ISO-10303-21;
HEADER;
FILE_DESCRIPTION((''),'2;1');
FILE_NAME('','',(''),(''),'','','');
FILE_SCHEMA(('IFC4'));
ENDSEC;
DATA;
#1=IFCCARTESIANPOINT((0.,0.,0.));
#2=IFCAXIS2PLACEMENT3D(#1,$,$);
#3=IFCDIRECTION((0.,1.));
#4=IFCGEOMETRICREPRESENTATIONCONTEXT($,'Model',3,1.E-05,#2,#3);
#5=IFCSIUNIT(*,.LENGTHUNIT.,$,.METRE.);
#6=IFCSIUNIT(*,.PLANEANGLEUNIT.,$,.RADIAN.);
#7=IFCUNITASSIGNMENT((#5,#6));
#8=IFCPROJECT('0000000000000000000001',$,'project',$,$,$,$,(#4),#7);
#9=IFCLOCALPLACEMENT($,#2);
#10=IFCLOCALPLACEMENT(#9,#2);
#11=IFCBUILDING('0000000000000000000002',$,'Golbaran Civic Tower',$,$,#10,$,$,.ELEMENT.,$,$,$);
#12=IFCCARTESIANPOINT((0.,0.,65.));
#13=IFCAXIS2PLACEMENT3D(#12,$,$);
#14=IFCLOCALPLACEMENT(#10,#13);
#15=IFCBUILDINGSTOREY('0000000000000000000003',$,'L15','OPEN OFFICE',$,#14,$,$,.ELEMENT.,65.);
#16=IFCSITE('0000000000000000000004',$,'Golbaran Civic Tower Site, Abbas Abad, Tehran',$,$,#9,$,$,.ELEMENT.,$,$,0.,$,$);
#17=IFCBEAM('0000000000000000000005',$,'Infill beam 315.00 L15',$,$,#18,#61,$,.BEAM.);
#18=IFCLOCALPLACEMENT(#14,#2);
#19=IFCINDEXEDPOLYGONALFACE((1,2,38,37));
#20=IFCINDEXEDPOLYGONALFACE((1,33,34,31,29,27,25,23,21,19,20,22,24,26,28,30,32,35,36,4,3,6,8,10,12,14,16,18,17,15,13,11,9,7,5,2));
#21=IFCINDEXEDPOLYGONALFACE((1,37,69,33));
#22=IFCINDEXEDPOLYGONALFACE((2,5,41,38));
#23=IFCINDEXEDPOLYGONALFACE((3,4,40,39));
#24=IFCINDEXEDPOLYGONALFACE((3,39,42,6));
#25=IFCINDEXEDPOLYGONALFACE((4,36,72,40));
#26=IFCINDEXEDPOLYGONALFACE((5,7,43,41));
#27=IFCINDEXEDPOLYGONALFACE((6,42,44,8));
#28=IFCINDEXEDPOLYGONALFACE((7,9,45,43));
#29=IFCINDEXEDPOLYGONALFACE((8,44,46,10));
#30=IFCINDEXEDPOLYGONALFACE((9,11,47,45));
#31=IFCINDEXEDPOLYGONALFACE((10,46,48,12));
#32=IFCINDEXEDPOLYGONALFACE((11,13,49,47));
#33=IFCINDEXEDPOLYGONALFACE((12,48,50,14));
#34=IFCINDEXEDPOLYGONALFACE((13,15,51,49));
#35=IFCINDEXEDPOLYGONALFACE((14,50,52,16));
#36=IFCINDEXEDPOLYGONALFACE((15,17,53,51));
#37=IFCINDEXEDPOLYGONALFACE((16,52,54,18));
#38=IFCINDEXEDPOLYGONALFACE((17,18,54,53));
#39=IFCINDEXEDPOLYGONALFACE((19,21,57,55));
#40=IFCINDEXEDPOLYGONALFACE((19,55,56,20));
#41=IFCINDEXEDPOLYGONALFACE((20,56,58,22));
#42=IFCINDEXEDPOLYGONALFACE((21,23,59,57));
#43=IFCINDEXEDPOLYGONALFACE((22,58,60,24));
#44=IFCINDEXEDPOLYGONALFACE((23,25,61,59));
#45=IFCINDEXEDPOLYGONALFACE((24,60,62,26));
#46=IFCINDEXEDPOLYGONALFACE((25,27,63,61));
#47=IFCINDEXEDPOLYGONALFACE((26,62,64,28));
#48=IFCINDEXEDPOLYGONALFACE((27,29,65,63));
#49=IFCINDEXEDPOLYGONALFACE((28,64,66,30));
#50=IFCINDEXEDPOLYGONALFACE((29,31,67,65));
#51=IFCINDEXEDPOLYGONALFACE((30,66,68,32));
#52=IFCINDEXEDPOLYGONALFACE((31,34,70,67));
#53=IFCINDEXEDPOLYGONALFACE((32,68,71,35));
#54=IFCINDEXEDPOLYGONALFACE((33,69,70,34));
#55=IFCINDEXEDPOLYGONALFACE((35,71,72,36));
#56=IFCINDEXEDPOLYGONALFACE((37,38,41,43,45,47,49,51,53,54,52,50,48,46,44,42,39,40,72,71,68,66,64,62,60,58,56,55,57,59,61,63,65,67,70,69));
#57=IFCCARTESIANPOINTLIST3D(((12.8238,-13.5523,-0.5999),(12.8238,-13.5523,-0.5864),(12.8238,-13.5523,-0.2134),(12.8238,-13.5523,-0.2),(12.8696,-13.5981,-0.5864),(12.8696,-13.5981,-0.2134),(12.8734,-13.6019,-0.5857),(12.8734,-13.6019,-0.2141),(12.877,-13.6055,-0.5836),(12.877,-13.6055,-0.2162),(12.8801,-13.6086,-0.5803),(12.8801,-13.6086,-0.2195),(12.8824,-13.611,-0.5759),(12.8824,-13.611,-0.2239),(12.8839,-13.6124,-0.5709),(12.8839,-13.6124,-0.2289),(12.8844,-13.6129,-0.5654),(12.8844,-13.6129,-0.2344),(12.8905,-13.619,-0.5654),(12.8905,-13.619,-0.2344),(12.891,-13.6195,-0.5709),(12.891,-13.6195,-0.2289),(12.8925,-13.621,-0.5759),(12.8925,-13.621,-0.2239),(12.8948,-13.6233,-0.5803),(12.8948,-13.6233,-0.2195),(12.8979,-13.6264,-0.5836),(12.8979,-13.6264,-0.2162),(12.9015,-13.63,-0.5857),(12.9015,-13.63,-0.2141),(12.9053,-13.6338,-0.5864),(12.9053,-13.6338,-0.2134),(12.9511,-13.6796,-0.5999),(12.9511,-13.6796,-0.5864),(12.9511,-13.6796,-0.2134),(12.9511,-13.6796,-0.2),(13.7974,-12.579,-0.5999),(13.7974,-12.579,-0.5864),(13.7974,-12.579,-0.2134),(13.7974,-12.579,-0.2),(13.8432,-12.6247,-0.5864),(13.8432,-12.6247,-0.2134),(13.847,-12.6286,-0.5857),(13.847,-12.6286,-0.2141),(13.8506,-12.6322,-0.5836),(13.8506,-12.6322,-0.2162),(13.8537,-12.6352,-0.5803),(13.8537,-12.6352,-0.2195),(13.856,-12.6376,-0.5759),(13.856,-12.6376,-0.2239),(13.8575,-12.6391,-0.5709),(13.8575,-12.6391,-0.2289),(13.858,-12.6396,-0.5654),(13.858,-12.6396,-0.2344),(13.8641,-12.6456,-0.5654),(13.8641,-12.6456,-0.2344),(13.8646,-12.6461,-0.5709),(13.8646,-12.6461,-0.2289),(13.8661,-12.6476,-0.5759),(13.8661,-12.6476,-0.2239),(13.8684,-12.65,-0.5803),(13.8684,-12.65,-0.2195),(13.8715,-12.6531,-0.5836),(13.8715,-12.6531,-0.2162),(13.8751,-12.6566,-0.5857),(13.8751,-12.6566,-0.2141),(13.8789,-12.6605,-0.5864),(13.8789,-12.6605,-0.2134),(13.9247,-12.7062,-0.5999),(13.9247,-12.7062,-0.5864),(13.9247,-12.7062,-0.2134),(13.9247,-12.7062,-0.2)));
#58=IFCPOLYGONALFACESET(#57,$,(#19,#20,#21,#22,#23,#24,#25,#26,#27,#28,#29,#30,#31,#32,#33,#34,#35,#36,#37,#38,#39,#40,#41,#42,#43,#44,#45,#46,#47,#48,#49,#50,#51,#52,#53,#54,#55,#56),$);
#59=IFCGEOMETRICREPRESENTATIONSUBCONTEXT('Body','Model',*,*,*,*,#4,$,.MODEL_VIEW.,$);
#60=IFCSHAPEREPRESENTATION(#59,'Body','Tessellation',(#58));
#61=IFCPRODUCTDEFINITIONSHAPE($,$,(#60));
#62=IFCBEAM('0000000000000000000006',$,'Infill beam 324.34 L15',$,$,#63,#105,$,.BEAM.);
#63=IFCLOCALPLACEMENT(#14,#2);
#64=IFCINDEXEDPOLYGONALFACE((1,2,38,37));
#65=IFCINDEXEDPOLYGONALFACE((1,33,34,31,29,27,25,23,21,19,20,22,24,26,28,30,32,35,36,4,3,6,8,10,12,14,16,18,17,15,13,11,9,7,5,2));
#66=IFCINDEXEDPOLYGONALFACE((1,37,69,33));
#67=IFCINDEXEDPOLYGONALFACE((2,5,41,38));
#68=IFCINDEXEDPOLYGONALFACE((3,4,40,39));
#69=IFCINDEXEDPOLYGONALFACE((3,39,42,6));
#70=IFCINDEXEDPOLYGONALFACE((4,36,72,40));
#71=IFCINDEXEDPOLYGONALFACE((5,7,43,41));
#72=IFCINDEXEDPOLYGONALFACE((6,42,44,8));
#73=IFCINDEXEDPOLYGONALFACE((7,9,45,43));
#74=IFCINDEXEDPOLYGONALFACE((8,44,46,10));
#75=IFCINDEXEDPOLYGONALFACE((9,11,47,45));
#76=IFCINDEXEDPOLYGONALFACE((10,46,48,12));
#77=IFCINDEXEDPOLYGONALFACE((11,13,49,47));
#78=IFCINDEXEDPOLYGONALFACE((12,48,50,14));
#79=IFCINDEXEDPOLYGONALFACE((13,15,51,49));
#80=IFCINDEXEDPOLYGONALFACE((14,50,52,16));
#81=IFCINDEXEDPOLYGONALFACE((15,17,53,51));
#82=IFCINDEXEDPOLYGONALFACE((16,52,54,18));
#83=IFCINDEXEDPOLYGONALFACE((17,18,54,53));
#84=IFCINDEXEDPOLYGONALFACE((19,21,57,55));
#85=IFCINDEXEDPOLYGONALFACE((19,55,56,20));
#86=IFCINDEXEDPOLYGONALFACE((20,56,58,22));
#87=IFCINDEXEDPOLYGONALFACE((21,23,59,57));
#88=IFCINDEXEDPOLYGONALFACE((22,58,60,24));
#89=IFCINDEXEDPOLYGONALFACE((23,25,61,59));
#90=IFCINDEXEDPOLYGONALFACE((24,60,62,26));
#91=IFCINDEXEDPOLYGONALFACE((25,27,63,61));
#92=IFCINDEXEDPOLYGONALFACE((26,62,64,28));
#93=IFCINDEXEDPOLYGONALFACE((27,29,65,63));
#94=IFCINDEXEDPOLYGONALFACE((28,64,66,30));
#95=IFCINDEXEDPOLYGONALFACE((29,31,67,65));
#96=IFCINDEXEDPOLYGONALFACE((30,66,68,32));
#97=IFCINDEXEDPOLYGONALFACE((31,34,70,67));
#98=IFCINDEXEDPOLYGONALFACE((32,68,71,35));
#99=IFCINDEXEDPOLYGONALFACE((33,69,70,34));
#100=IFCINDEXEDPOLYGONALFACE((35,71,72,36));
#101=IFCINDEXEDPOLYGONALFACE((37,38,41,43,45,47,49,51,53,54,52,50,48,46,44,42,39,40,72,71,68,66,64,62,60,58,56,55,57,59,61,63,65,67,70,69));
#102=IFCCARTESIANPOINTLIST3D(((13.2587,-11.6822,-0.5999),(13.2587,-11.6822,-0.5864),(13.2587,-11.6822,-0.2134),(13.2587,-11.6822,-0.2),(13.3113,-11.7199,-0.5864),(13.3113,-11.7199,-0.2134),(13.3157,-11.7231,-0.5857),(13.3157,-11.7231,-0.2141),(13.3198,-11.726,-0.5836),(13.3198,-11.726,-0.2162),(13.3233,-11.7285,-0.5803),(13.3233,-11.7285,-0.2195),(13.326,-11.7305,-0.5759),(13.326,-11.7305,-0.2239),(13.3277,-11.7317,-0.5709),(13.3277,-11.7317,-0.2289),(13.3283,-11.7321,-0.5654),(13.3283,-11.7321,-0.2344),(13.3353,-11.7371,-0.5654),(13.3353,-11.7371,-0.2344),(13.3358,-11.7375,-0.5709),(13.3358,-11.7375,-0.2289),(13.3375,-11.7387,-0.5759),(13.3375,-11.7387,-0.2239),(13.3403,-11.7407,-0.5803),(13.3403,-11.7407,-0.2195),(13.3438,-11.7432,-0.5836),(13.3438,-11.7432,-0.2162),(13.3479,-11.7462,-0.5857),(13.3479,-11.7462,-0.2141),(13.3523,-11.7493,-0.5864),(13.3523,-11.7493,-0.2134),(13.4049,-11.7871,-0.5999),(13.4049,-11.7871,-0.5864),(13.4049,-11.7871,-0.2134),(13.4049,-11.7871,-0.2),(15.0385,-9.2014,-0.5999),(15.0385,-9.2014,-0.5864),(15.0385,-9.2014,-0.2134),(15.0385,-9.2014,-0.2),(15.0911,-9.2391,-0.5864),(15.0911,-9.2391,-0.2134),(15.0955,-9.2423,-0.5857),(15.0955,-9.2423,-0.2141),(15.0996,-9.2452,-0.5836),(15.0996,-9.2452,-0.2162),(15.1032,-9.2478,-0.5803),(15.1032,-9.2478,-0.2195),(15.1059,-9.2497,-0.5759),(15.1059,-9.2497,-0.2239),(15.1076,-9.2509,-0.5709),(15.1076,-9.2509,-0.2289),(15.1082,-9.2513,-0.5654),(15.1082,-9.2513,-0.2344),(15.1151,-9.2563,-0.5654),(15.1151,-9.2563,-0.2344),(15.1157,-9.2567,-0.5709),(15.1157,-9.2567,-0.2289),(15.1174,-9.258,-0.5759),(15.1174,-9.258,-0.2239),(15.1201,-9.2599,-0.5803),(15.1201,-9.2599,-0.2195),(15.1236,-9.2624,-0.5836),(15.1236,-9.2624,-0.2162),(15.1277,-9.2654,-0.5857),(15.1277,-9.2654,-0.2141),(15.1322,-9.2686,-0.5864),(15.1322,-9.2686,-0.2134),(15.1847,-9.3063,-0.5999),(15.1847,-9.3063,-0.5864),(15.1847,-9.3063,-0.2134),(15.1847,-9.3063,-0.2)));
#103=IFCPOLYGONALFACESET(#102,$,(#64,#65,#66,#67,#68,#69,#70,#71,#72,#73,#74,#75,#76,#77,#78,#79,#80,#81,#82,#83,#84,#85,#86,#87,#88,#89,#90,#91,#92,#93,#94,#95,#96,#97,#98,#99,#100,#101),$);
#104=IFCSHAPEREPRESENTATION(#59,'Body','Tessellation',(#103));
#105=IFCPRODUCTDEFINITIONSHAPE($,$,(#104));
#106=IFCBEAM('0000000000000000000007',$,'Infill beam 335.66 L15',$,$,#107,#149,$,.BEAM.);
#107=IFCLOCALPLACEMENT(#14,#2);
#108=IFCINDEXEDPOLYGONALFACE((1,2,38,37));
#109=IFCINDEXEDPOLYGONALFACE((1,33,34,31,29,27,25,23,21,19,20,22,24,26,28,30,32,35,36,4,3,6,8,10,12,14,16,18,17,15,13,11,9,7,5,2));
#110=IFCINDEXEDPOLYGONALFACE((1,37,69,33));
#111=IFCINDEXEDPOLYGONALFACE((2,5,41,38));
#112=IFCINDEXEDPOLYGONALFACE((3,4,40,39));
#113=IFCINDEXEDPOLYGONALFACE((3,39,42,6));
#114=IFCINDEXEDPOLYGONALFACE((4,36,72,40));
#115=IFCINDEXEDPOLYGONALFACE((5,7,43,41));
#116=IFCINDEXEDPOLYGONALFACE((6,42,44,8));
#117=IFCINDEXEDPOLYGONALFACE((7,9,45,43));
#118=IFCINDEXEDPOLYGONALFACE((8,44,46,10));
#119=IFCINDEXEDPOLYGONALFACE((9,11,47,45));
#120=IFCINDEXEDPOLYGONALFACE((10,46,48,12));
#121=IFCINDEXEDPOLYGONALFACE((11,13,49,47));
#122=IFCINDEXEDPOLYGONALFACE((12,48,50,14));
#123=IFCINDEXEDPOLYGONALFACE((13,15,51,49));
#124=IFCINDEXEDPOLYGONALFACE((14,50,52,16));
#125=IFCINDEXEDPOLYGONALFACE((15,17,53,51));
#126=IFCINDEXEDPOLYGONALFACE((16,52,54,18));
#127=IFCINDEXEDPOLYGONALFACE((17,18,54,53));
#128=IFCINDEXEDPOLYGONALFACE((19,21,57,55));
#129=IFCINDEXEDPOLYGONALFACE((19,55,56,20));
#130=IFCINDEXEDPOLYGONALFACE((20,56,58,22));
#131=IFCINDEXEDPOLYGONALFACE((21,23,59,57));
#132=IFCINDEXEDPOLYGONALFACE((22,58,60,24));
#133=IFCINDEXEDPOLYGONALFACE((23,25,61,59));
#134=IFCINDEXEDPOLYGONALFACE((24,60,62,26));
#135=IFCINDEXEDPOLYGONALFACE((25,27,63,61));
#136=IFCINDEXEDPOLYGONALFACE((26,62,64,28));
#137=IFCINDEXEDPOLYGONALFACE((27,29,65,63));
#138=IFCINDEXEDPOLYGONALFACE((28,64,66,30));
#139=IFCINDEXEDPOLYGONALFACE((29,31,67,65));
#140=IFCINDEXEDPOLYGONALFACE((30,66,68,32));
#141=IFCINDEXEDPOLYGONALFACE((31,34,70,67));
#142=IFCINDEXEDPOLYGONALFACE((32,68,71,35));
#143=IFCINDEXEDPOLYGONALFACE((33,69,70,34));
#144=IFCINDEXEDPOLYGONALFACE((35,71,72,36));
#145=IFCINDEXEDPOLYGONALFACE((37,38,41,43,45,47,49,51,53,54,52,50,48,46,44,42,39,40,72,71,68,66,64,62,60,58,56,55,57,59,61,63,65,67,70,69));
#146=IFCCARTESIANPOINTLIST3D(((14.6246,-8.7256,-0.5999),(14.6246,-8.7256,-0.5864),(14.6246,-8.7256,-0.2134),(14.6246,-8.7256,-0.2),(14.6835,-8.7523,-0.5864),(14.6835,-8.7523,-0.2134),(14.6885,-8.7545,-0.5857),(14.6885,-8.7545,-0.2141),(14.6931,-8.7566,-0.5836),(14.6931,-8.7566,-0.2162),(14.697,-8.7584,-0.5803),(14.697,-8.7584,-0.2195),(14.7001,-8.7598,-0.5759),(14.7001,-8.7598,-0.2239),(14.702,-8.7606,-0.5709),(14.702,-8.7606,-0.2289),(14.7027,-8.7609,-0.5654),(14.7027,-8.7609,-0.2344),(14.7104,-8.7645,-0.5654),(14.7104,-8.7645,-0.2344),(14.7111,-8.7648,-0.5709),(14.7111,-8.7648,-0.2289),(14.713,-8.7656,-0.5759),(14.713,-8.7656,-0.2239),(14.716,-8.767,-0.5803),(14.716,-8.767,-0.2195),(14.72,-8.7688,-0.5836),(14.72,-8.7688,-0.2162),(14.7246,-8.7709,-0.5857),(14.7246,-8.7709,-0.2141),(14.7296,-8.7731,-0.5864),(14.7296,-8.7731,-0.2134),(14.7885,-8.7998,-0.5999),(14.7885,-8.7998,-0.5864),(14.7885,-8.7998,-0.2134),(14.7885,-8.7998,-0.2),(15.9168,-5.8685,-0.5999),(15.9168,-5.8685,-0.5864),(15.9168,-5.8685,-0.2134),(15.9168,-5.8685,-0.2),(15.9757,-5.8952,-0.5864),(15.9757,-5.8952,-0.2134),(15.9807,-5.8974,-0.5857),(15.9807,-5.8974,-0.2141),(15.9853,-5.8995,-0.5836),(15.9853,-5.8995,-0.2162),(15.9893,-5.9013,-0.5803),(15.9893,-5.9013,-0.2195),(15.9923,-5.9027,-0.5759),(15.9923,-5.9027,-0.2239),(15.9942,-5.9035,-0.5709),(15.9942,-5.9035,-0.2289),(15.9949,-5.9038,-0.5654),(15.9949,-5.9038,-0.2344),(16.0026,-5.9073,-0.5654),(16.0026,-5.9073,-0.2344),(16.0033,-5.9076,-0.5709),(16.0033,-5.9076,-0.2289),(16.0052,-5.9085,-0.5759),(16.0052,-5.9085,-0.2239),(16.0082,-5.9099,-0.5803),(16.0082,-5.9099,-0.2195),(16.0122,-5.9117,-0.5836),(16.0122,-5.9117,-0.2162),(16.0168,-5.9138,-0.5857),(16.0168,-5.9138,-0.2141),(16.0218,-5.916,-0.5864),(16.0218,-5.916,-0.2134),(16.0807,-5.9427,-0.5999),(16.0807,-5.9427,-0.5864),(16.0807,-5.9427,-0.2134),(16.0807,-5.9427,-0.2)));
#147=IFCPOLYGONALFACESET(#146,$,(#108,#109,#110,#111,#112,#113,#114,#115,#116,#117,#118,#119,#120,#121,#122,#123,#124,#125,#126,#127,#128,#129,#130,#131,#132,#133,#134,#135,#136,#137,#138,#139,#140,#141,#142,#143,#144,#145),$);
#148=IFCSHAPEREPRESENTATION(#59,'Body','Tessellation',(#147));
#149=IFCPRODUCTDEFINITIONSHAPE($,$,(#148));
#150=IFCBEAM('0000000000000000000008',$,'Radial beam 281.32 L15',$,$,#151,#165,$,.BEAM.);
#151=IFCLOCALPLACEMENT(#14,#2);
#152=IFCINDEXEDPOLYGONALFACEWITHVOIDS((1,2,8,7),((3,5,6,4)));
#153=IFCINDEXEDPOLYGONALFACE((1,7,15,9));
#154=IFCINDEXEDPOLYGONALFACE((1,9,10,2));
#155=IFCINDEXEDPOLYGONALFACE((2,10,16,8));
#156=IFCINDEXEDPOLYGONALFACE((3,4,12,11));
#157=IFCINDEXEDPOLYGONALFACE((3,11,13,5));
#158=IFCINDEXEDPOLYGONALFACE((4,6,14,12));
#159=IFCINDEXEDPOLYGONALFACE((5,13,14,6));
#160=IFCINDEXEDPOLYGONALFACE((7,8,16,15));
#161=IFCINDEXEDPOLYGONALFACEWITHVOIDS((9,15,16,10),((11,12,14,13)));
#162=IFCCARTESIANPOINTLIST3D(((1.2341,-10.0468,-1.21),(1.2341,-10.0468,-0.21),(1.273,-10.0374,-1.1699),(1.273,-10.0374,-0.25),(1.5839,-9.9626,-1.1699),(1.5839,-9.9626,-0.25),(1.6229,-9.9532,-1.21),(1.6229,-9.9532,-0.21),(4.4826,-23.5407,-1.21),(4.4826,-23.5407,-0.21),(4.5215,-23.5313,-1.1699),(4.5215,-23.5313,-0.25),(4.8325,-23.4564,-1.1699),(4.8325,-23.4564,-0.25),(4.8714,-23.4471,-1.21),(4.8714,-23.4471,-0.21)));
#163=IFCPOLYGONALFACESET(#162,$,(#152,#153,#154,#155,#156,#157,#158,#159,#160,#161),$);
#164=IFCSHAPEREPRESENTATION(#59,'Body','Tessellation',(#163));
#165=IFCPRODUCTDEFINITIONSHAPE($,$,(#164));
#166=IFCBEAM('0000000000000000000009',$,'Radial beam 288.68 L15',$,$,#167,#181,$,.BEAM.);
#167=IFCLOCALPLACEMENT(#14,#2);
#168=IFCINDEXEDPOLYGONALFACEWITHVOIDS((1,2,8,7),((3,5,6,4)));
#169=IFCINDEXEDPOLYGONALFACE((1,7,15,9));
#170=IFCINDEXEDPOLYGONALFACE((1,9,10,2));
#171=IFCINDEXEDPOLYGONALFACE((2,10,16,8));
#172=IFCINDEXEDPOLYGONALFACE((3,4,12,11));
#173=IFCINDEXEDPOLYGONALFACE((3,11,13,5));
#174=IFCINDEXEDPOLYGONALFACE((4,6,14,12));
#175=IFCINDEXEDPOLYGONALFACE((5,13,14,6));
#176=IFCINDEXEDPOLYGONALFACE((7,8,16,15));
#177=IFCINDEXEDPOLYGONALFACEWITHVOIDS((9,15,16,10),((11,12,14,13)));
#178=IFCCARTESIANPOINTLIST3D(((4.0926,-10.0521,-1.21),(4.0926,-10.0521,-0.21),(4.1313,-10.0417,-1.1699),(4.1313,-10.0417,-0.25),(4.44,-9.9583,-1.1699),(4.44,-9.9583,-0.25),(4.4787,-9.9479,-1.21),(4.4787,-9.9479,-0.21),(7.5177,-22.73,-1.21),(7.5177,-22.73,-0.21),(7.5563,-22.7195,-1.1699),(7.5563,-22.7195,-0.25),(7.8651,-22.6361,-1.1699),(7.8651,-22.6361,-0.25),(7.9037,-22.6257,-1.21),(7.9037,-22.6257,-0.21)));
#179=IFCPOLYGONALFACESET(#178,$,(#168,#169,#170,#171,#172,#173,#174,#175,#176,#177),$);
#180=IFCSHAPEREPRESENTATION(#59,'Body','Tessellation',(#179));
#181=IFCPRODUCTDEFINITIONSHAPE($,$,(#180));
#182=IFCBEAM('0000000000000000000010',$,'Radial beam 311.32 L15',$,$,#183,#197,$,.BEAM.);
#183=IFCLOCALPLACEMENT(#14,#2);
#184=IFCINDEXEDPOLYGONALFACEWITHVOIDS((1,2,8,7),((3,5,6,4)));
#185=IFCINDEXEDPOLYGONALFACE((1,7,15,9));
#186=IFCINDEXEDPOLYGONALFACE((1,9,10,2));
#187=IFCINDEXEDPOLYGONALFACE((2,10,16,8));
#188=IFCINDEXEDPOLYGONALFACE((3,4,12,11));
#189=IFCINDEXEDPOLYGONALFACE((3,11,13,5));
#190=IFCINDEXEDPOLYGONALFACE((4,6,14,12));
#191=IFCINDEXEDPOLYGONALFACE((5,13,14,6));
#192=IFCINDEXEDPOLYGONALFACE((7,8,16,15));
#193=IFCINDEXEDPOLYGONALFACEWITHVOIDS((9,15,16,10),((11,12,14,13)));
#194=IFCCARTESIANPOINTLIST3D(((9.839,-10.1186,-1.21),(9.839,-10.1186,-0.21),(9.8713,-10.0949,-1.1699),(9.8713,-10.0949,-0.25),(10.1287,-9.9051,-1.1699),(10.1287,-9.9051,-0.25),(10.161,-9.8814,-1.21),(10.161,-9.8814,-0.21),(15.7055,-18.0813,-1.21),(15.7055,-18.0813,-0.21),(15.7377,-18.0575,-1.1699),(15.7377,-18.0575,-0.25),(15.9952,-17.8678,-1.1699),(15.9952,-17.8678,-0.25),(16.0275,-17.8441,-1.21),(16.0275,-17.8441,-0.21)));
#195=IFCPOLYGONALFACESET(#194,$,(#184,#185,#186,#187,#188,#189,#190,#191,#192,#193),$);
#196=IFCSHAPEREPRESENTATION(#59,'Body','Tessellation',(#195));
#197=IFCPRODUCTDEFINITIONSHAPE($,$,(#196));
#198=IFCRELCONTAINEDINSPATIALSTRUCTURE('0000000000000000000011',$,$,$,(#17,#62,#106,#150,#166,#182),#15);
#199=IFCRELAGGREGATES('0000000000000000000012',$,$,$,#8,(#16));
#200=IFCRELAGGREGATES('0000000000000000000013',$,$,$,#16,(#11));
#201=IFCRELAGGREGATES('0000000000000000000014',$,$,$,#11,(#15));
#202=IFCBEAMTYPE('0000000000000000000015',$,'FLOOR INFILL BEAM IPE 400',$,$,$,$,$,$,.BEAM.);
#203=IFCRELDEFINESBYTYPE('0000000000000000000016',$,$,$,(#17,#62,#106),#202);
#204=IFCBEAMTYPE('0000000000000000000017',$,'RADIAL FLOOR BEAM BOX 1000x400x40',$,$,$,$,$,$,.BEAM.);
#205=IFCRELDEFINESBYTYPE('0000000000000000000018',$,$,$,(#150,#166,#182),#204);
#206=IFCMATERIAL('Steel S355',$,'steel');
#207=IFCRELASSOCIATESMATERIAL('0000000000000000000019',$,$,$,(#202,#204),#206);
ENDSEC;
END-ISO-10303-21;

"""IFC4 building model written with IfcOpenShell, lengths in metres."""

from ifc_helpers import new_model, si_unit, direction, frame, origin, origin_2d, place, context, subcontext, project, spatial, hollow_rectangle, i_section, extrude, material, material_profile, profile_set, type_object, element, save


model = new_model("IFC4")

# Units and contexts
model_context = context("Model", 3, precision=1e-05, world=origin(), true_north=direction((0.0, 1.0)))
body_context = subcontext(model_context, "Body", "Model", "MODEL_VIEW")
ifc_project = project(units=[si_unit("LENGTHUNIT", "METRE"), si_unit("PLANEANGLEUNIT", "RADIAN")], contexts=[model_context])

# Site, building, storey
site_placement = place(None, origin())
site = spatial("IfcSite", under=ifc_project, at=site_placement, Name="Golbaran Civic Tower Site, Abbas Abad, Tehran", CompositionType="ELEMENT", RefElevation=0.0)
building_placement = place(site_placement, origin())
building = spatial("IfcBuilding", under=site, at=building_placement, Name="Golbaran Civic Tower", CompositionType="ELEMENT")
storey_placement = place(building_placement, frame((0.0, 0.0, 65.0)))
storey = spatial("IfcBuildingStorey", under=building, at=storey_placement, Name="L15", Description="OPEN OFFICE", CompositionType="ELEMENT", Elevation=65.0)

# Beams
ifc_material_1 = material(Name="Steel S355", Category="steel")
ifc_material_profile_1 = material_profile(ifc_material_1, i_section(OverallWidth=0.1799, OverallDepth=0.3999, WebThickness=0.0085, FlangeThickness=0.0134, FilletRadius=0.021, at=origin_2d()), Name="IPE 400")
ifc_profile_set_1 = profile_set([ifc_material_profile_1], Name="Steel S355")
beam_type_1 = type_object("IfcBeamType", Name="FLOOR INFILL BEAM IPE 400", PredefinedType="BEAM", material=ifc_profile_set_1)
beam_1_placement = place(storey_placement, frame((12.8875, -13.616, -0.3999), z_axis=(0.707195, 0.707018, 0.0), x_axis=(-0.707018, 0.707195, 0.0)))
element("IfcBeam", 1, at=beam_1_placement, inside=storey, type_object=beam_type_1, Name="Infill beam 315.00 L15", PredefinedType="BEAM", context=body_context, shape_type="SweptSolid", body=[
    extrude(i_section(OverallWidth=0.1799, OverallDepth=0.3999, WebThickness=0.0085, FlangeThickness=0.0134, FilletRadius=0.021, at=origin_2d()), origin(), (0.0, 0.0, 1.0), 1.3767),
])
beam_2_placement = place(storey_placement, frame((13.3318, -11.7346, -0.3999), z_axis=(0.582939, 0.812516, 0.0), x_axis=(-0.812516, 0.582939, 0.0)))
element("IfcBeam", 2, at=beam_2_placement, inside=storey, type_object=beam_type_1, Name="Infill beam 324.34 L15", PredefinedType="BEAM", context=body_context, shape_type="SweptSolid", body=[
    extrude(i_section(OverallWidth=0.1799, OverallDepth=0.3999, WebThickness=0.0085, FlangeThickness=0.0134, FilletRadius=0.021, at=origin_2d()), origin(), (0.0, 0.0, 1.0), 3.0532),
])
beam_3_placement = place(storey_placement, frame((14.7065, -8.7627, -0.3999), z_axis=(0.412089, 0.911143, 0.0), x_axis=(-0.911143, 0.412089, 0.0)))
element("IfcBeam", 3, at=beam_3_placement, inside=storey, type_object=beam_type_1, Name="Infill beam 335.66 L15", PredefinedType="BEAM", context=body_context, shape_type="SweptSolid", body=[
    extrude(i_section(OverallWidth=0.1799, OverallDepth=0.3999, WebThickness=0.0085, FlangeThickness=0.0134, FilletRadius=0.021, at=origin_2d()), origin(), (0.0, 0.0, 1.0), 3.1357),
])
ifc_material_profile_2 = material_profile(ifc_material_1, hollow_rectangle(XDim=0.3999, YDim=1.0, WallThickness=0.04, at=origin_2d()), Name="BOX 1000x400x40")
ifc_profile_set_2 = profile_set([ifc_material_profile_2], Name="Steel S355")
beam_type_2 = type_object("IfcBeamType", Name="RADIAL FLOOR BEAM BOX 1000x400x40", PredefinedType="BEAM", material=ifc_profile_set_2)
beam_4_placement = place(storey_placement, frame((1.4285, -10.0, -0.71), z_axis=(0.234054, -0.972224, 0.0), x_axis=(0.972224, 0.234054, 0.0)))
element("IfcBeam", 4, at=beam_4_placement, inside=storey, type_object=beam_type_2, Name="Radial beam 281.32 L15", PredefinedType="BEAM", context=body_context, shape_type="SweptSolid", body=[
    extrude(hollow_rectangle(XDim=0.3999, YDim=1.0, WallThickness=0.04, at=origin_2d()), origin(), (0.0, 0.0, 1.0), 13.8794),
])
beam_5_placement = place(storey_placement, frame((4.2856, -10.0, -0.71), z_axis=(0.260812, -0.96539, 0.0), x_axis=(0.96539, 0.260812, 0.0)))
element("IfcBeam", 5, at=beam_5_placement, inside=storey, type_object=beam_type_2, Name="Radial beam 288.68 L15", PredefinedType="BEAM", context=body_context, shape_type="SweptSolid", body=[
    extrude(hollow_rectangle(XDim=0.3999, YDim=1.0, WallThickness=0.04, at=origin_2d()), origin(), (0.0, 0.0, 1.0), 13.1323),
])
beam_6_placement = place(storey_placement, frame((10.0, -10.0, -0.71), z_axis=(0.593149, -0.805092, 0.0), x_axis=(0.805092, 0.593149, 0.0)))
element("IfcBeam", 6, at=beam_6_placement, inside=storey, type_object=beam_type_2, Name="Radial beam 311.32 L15", PredefinedType="BEAM", context=body_context, shape_type="SweptSolid", body=[
    extrude(hollow_rectangle(XDim=0.3999, YDim=1.0, WallThickness=0.04, at=origin_2d()), origin(), (0.0, 0.0, 1.0), 9.8904),
])

save(model, "model.ifc")
